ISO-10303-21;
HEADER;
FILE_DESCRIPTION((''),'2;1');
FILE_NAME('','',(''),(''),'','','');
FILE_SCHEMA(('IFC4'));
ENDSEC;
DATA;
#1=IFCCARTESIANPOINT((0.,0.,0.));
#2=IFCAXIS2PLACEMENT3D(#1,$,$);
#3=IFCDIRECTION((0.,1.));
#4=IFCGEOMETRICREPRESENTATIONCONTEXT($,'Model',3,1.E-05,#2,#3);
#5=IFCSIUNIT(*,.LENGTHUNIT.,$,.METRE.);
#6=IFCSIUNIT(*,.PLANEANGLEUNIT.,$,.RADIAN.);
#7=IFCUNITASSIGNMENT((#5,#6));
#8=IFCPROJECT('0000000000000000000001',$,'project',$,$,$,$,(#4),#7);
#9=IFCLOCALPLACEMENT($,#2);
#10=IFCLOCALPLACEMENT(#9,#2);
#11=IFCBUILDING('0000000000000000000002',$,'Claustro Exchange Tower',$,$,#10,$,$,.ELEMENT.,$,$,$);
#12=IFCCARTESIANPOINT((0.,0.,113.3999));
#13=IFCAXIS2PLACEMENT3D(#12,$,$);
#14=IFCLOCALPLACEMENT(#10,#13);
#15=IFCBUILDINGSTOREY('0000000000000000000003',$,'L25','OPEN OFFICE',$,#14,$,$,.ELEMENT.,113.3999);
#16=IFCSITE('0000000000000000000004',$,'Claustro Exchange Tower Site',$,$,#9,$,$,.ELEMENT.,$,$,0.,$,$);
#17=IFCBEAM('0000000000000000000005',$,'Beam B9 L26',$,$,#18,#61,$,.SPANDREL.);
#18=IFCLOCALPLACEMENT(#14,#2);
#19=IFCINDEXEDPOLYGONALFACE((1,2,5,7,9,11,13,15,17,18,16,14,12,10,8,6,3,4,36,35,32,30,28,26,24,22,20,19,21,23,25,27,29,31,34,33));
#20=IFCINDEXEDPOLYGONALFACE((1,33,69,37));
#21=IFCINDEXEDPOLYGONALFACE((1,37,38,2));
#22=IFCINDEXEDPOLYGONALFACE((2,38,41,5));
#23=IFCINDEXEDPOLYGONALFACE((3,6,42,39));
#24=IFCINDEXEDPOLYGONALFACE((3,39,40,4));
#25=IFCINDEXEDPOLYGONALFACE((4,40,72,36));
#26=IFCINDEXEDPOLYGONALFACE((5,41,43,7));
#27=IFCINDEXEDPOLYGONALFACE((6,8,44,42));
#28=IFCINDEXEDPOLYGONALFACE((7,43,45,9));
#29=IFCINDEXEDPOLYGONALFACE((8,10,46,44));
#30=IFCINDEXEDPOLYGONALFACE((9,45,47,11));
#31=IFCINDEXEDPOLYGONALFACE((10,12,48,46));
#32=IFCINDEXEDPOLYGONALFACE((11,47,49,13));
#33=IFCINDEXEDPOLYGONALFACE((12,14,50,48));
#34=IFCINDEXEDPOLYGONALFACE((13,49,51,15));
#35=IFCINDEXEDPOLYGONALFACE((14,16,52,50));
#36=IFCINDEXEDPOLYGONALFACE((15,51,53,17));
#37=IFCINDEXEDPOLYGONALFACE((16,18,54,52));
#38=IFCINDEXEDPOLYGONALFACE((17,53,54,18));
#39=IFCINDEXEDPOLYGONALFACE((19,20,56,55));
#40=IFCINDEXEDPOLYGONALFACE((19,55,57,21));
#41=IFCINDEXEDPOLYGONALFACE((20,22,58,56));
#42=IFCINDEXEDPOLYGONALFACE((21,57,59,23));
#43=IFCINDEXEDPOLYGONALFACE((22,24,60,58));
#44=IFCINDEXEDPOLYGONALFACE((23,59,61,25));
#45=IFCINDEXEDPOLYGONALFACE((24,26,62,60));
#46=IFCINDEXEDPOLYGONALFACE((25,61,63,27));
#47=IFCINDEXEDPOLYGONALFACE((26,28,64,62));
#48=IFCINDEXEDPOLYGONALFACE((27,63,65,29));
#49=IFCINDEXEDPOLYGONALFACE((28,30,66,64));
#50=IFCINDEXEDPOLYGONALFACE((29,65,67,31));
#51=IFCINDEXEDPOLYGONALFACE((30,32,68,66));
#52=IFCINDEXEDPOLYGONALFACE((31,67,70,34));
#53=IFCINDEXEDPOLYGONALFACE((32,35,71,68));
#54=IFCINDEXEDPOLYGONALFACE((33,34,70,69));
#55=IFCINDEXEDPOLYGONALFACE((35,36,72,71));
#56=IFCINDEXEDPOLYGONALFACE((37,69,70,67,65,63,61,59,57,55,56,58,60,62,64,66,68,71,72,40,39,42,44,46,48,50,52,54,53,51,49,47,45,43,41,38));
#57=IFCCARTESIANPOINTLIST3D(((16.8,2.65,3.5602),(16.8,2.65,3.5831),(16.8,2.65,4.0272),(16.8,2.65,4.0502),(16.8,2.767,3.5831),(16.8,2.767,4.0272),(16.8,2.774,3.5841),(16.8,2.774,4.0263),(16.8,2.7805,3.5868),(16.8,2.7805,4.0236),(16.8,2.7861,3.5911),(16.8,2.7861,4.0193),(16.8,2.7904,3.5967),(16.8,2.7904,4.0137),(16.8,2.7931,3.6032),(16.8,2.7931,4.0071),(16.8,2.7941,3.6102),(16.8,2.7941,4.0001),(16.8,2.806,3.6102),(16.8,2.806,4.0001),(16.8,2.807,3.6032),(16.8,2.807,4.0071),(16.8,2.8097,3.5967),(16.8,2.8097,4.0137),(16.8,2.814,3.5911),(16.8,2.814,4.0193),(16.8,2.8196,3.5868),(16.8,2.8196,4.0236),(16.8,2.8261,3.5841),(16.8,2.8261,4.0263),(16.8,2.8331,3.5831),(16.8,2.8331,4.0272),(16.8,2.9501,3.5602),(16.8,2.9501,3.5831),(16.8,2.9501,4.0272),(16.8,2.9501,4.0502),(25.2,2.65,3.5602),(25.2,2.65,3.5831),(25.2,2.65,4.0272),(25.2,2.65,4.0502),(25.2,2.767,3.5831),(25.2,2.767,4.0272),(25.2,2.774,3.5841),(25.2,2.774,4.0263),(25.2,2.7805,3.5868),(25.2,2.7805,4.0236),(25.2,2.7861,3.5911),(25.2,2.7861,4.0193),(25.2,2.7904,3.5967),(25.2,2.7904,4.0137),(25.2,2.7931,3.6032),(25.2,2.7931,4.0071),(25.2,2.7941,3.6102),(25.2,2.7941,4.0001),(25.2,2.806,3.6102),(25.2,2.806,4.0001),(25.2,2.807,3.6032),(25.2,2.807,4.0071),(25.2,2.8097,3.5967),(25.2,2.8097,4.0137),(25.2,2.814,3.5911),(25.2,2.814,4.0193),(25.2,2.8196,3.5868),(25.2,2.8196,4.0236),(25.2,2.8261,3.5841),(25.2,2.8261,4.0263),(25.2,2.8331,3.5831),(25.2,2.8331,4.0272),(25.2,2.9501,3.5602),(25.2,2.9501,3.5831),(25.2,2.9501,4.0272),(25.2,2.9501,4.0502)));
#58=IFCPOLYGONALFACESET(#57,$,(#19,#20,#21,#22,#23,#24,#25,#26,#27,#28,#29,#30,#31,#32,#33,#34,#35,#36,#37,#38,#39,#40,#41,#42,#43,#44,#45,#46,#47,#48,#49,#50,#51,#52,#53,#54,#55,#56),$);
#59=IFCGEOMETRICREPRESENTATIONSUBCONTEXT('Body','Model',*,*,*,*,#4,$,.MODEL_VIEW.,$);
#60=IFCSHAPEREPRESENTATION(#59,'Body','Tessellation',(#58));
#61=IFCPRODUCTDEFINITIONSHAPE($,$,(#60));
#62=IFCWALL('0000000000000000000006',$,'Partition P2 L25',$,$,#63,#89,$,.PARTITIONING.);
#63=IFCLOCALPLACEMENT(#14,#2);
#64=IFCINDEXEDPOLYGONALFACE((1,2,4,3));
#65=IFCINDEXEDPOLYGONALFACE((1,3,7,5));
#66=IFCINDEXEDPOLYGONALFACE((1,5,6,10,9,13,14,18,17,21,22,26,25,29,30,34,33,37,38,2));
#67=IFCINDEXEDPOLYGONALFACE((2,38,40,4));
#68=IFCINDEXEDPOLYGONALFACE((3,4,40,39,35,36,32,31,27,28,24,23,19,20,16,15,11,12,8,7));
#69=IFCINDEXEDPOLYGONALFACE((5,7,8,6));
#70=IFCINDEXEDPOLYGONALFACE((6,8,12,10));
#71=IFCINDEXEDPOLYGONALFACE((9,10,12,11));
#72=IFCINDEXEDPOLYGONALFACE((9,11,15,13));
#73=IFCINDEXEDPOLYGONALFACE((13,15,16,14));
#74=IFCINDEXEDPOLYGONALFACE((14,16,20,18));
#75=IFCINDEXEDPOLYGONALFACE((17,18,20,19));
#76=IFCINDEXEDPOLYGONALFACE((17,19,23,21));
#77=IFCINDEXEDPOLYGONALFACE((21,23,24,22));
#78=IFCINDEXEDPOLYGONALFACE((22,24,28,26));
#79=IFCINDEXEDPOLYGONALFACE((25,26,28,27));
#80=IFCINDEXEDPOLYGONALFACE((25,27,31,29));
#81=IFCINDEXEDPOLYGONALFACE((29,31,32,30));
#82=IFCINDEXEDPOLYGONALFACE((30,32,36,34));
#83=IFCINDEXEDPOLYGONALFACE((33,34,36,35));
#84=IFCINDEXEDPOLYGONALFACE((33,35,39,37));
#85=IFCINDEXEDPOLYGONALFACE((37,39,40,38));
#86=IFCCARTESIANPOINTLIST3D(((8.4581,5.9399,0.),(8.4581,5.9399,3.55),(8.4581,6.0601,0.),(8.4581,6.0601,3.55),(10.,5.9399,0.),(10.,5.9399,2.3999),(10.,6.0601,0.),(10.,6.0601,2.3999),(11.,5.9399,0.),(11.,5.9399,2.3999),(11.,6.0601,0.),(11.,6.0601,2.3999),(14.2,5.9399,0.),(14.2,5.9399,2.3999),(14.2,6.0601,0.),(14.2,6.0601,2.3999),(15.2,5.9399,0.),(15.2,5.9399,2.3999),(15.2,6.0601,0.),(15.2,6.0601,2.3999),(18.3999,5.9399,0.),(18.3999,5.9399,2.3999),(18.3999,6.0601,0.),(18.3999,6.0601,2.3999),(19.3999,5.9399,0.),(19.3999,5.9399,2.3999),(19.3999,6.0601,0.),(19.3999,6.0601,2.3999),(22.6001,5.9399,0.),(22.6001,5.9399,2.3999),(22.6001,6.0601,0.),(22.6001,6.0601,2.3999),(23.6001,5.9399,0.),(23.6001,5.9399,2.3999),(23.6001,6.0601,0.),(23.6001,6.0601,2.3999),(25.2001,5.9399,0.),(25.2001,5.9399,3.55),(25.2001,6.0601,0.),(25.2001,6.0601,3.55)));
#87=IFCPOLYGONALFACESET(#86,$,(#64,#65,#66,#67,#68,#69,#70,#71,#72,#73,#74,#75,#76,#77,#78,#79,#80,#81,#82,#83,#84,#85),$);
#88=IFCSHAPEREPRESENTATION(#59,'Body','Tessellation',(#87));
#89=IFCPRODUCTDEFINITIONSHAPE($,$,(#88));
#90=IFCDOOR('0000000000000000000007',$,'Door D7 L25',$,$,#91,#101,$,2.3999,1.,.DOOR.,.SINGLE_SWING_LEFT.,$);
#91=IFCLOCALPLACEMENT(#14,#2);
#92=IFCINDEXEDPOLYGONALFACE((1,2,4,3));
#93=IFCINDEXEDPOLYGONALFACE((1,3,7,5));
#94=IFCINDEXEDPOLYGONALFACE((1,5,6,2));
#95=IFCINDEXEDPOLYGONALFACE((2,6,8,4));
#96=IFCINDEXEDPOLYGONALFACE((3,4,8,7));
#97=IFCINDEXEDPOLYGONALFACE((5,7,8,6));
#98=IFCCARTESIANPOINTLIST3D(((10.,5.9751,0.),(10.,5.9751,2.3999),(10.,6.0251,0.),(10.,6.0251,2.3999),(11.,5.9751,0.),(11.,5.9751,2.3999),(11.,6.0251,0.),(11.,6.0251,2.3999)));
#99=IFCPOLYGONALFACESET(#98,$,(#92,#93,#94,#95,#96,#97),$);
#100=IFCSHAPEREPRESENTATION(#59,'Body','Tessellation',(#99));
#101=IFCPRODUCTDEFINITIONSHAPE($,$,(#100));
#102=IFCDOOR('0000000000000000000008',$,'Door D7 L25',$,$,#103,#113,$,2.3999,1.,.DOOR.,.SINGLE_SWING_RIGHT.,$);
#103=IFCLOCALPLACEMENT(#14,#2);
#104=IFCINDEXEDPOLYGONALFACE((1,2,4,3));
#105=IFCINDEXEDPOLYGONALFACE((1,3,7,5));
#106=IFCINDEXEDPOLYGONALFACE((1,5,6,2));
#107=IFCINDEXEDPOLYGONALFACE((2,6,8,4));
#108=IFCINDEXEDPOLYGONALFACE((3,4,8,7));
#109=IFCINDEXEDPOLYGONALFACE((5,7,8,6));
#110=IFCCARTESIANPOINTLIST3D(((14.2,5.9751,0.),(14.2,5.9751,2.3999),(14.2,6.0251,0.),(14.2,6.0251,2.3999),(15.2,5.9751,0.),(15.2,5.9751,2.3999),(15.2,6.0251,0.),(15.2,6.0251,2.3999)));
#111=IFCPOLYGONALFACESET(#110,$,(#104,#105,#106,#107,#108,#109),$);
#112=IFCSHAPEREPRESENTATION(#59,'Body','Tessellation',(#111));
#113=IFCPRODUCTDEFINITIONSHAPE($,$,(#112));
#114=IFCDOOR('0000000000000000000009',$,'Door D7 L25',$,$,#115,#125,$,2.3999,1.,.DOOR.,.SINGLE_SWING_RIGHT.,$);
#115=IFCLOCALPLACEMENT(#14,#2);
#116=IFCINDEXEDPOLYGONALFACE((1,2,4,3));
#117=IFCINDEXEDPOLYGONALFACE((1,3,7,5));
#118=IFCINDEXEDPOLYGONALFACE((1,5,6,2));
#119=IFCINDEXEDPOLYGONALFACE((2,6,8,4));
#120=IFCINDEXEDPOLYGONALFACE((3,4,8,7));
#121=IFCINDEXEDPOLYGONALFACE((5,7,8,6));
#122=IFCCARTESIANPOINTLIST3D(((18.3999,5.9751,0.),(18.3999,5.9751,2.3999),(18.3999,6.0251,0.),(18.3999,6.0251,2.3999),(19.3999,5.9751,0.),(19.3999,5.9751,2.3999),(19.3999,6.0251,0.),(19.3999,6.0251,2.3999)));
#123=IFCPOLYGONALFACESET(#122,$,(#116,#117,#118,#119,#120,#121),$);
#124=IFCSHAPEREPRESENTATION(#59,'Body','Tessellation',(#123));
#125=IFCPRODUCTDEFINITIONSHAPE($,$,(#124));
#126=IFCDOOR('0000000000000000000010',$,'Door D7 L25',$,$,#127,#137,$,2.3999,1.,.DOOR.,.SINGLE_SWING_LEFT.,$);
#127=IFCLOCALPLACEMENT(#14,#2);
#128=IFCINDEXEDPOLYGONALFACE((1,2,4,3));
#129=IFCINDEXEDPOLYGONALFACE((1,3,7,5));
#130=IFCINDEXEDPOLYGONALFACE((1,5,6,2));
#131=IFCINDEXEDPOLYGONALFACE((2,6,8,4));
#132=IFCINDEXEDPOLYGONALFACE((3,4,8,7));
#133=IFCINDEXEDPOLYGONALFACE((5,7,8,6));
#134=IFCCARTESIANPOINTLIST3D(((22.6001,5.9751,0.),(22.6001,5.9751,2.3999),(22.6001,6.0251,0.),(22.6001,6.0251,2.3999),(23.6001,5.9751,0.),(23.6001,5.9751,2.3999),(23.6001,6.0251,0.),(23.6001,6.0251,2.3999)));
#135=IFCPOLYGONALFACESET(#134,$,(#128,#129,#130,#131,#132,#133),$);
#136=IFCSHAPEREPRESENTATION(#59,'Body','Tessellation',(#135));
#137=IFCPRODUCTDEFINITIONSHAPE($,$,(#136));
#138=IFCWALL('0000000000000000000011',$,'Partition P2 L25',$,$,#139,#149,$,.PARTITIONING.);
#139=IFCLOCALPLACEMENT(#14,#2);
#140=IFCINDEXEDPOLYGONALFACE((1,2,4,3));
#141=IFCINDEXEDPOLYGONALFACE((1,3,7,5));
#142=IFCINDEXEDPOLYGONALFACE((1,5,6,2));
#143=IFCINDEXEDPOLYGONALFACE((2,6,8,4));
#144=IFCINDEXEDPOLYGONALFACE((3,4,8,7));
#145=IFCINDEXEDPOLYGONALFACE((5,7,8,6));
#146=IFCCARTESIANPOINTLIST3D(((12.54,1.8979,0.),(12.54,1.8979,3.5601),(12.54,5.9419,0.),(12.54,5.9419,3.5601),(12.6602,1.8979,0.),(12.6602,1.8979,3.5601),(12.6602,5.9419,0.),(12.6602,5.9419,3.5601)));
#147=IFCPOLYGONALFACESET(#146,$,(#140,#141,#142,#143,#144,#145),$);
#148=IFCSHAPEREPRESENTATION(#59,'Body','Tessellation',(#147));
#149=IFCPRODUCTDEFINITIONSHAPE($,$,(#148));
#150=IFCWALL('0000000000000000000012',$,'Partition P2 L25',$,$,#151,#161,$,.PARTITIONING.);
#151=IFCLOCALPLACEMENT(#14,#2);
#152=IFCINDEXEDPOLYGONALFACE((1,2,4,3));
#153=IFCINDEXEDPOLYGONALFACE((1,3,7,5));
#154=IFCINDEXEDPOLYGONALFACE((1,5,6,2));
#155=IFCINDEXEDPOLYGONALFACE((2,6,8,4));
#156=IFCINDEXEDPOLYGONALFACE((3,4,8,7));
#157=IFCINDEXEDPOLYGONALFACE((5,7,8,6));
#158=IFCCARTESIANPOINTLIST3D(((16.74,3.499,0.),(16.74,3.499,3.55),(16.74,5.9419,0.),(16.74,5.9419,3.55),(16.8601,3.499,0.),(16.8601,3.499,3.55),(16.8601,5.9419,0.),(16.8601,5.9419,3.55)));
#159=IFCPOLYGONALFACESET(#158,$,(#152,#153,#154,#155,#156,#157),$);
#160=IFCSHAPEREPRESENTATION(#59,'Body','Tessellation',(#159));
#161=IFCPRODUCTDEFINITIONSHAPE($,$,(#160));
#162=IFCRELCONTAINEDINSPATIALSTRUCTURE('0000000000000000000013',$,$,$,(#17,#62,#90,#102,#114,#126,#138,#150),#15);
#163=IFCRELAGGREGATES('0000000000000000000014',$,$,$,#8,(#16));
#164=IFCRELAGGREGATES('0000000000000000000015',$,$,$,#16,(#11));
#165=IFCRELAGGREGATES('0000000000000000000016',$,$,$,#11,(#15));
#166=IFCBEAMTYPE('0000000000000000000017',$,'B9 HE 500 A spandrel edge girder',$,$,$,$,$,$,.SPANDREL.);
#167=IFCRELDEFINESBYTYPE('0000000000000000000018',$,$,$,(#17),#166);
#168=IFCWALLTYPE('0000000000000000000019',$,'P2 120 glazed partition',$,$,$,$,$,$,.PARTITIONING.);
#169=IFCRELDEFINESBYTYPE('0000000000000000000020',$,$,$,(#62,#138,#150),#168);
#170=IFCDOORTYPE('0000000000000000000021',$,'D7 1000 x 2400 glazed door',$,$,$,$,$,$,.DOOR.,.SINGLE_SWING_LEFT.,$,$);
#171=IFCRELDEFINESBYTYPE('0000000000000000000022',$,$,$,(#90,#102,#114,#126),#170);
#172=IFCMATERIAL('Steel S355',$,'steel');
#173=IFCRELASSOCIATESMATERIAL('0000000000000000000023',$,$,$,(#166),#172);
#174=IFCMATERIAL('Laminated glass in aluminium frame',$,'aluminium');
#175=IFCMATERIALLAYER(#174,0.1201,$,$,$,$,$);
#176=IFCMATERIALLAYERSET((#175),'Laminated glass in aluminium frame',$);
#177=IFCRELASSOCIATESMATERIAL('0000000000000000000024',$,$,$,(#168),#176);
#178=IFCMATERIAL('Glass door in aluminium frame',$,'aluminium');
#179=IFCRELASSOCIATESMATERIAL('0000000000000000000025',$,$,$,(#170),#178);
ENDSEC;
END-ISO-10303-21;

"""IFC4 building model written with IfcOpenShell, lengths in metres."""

from ifc_helpers import new_model, si_unit, direction, frame, frame_2d, origin, origin_2d, place, context, subcontext, project, spatial, rectangle, i_section, extrude, material, layer, layer_set, material_profile, profile_set, type_object, element, fill, save


model = new_model("IFC4")

# Units and contexts
model_context = context("Model", 3, precision=1e-05, world=origin(), true_north=direction((0.0, 1.0)))
body_context = subcontext(model_context, "Body", "Model", "MODEL_VIEW")
ifc_project = project(units=[si_unit("LENGTHUNIT", "METRE"), si_unit("PLANEANGLEUNIT", "RADIAN")], contexts=[model_context])

# Site, building, storey
site_placement = place(None, origin())
site = spatial("IfcSite", under=ifc_project, at=site_placement, Name="Claustro Exchange Tower Site", CompositionType="ELEMENT", RefElevation=0.0)
building_placement = place(site_placement, origin())
building = spatial("IfcBuilding", under=site, at=building_placement, Name="Claustro Exchange Tower", CompositionType="ELEMENT")
storey_placement = place(building_placement, frame((0.0, 0.0, 113.3999)))
storey = spatial("IfcBuildingStorey", under=building, at=storey_placement, Name="L25", Description="OPEN OFFICE", CompositionType="ELEMENT", Elevation=113.3999)

# Beam
ifc_material_1 = material(Name="Steel S355", Category="steel")
ifc_material_profile_1 = material_profile(ifc_material_1, i_section(OverallWidth=0.3, OverallDepth=0.49, WebThickness=0.012, FlangeThickness=0.0229, FilletRadius=0.0271, at=origin_2d()), Name="HE 500 A")
ifc_profile_set_1 = profile_set([ifc_material_profile_1], Name="Steel S355")
beam_type_1 = type_object("IfcBeamType", Name="B9 HE 500 A spandrel edge girder", PredefinedType="SPANDREL", material=ifc_profile_set_1)
beam_1_placement = place(storey_placement, frame((16.8, 2.8, 3.8052), z_axis=(1.0, 0.0, 0.0), x_axis=(0.0, 1.0, 0.0)))
element("IfcBeam", 1, at=beam_1_placement, inside=storey, type_object=beam_type_1, Name="Beam B9 L26", PredefinedType="SPANDREL", context=body_context, shape_type="SweptSolid", body=[
    extrude(i_section(OverallWidth=0.3, OverallDepth=0.49, WebThickness=0.012, FlangeThickness=0.0229, FilletRadius=0.0271, at=origin_2d()), origin(), (0.0, 0.0, 1.0), 8.3999),
])

# Wall, openings, doors
ifc_material_2 = material(Name="Laminated glass in aluminium frame", Category="aluminium")
ifc_layer_1 = layer(ifc_material_2, 0.1201)
ifc_layer_set_1 = layer_set([ifc_layer_1], Name="Laminated glass in aluminium frame")
wall_type_1 = type_object("IfcWallType", Name="P2 120 glazed partition", PredefinedType="PARTITIONING", material=ifc_layer_set_1)
wall_1_placement = place(storey_placement, frame((8.458, 6.0, 0.0), z_axis=(0.0, 0.0, 1.0), x_axis=(1.0, 0.0, 0.0)))
wall_1 = element("IfcWall", 2, at=wall_1_placement, inside=storey, type_object=wall_type_1, Name="Partition P2 L25", PredefinedType="PARTITIONING", context=body_context, shape_type="SweptSolid", body=[
    extrude(rectangle(XDim=16.7419, YDim=0.1201, at=frame_2d((8.3711, 0.0))), origin(), (0.0, 0.0, 1.0), 3.55),
])
opening_1_placement = place(wall_1_placement, frame((1.542, 0.0, 0.0)))
opening_1 = element("IfcOpeningElement", 3, at=opening_1_placement, cuts=wall_1, PredefinedType="OPENING", context=body_context, shape_type="SweptSolid", body=[
    extrude(rectangle(XDim=1.0, YDim=2.3999, at=frame_2d((0.5, 1.2))), frame((0.0, 0.0701, 0.0), z_axis=(0.0, -1.0, 0.0), x_axis=(1.0, 0.0, 0.0)), (0.0, 0.0, 1.0), 0.1401),
])
opening_2_placement = place(wall_1_placement, frame((5.7419, 0.0, 0.0)))
opening_2 = element("IfcOpeningElement", 4, at=opening_2_placement, cuts=wall_1, PredefinedType="OPENING", context=body_context, shape_type="SweptSolid", body=[
    extrude(rectangle(XDim=1.0, YDim=2.3999, at=frame_2d((0.5, 1.2))), frame((0.0, 0.0701, 0.0), z_axis=(0.0, -1.0, 0.0), x_axis=(1.0, 0.0, 0.0)), (0.0, 0.0, 1.0), 0.1401),
])
opening_3_placement = place(wall_1_placement, frame((9.9419, 0.0, 0.0)))
opening_3 = element("IfcOpeningElement", 5, at=opening_3_placement, cuts=wall_1, PredefinedType="OPENING", context=body_context, shape_type="SweptSolid", body=[
    extrude(rectangle(XDim=1.0, YDim=2.3999, at=frame_2d((0.5, 1.2))), frame((0.0, 0.0701, 0.0), z_axis=(0.0, -1.0, 0.0), x_axis=(1.0, 0.0, 0.0)), (0.0, 0.0, 1.0), 0.1401),
])
opening_4_placement = place(wall_1_placement, frame((14.1421, 0.0, 0.0)))
opening_4 = element("IfcOpeningElement", 6, at=opening_4_placement, cuts=wall_1, PredefinedType="OPENING", context=body_context, shape_type="SweptSolid", body=[
    extrude(rectangle(XDim=1.0, YDim=2.3999, at=frame_2d((0.5, 1.2))), frame((0.0, 0.0701, 0.0), z_axis=(0.0, -1.0, 0.0), x_axis=(1.0, 0.0, 0.0)), (0.0, 0.0, 1.0), 0.1401),
])
ifc_material_3 = material(Name="Glass door in aluminium frame", Category="aluminium")
door_type = type_object("IfcDoorType", Name="D7 1000 x 2400 glazed door", OperationType="SINGLE_SWING_LEFT", PredefinedType="DOOR", material=ifc_material_3)
door_1_placement = place(opening_1_placement, frame((1.0, 0.0, 0.0), z_axis=(0.0, 0.0, 1.0), x_axis=(-1.0, 0.0, 0.0)))
door_1 = element("IfcDoor", 7, at=door_1_placement, inside=storey, type_object=door_type, Name="Door D7 L25", OperationType="SINGLE_SWING_LEFT", OverallHeight=2.3999, OverallWidth=1.0, PredefinedType="DOOR", context=body_context, shape_type="SweptSolid", body=[
    extrude(rectangle(XDim=1.0, YDim=2.3999, at=frame_2d((0.5, 1.2))), frame((0.0, 0.0249, 0.0), z_axis=(0.0, -1.0, 0.0), x_axis=(1.0, 0.0, 0.0)), (0.0, 0.0, 1.0), 0.05),
])
fill(opening_1, door_1)
door_2_placement = place(opening_2_placement, frame((1.0, 0.0, 0.0), z_axis=(0.0, 0.0, 1.0), x_axis=(-1.0, 0.0, 0.0)))
door_2 = element("IfcDoor", 8, at=door_2_placement, inside=storey, type_object=door_type, Name="Door D7 L25", OperationType="SINGLE_SWING_RIGHT", OverallHeight=2.3999, OverallWidth=1.0, PredefinedType="DOOR", context=body_context, shape_type="SweptSolid", body=[
    extrude(rectangle(XDim=1.0, YDim=2.3999, at=frame_2d((0.5, 1.2))), frame((0.0, 0.0249, 0.0), z_axis=(0.0, -1.0, 0.0), x_axis=(1.0, 0.0, 0.0)), (0.0, 0.0, 1.0), 0.05),
])
fill(opening_2, door_2)
door_3_placement = place(opening_3_placement, frame((1.0, 0.0, 0.0), z_axis=(0.0, 0.0, 1.0), x_axis=(-1.0, 0.0, 0.0)))
door_3 = element("IfcDoor", 9, at=door_3_placement, inside=storey, type_object=door_type, Name="Door D7 L25", OperationType="SINGLE_SWING_RIGHT", OverallHeight=2.3999, OverallWidth=1.0, PredefinedType="DOOR", context=body_context, shape_type="SweptSolid", body=[
    extrude(rectangle(XDim=1.0, YDim=2.3999, at=frame_2d((0.5, 1.2))), frame((0.0, 0.0249, 0.0), z_axis=(0.0, -1.0, 0.0), x_axis=(1.0, 0.0, 0.0)), (0.0, 0.0, 1.0), 0.05),
])
fill(opening_3, door_3)
door_4_placement = place(opening_4_placement, frame((1.0, 0.0, 0.0), z_axis=(0.0, 0.0, 1.0), x_axis=(-1.0, 0.0, 0.0)))
door_4 = element("IfcDoor", 10, at=door_4_placement, inside=storey, type_object=door_type, Name="Door D7 L25", OperationType="SINGLE_SWING_LEFT", OverallHeight=2.3999, OverallWidth=1.0, PredefinedType="DOOR", context=body_context, shape_type="SweptSolid", body=[
    extrude(rectangle(XDim=1.0, YDim=2.3999, at=frame_2d((0.5, 1.2))), frame((0.0, 0.0249, 0.0), z_axis=(0.0, -1.0, 0.0), x_axis=(1.0, 0.0, 0.0)), (0.0, 0.0, 1.0), 0.05),
])
fill(opening_4, door_4)

# Walls
wall_2_placement = place(storey_placement, frame((12.6001, 1.8979, 0.0), z_axis=(0.0, 0.0, 1.0), x_axis=(0.0, 1.0, 0.0)))
element("IfcWall", 11, at=wall_2_placement, inside=storey, type_object=wall_type_1, Name="Partition P2 L25", PredefinedType="PARTITIONING", context=body_context, shape_type="SweptSolid", body=[
    extrude(rectangle(XDim=4.0439, YDim=0.1201, at=frame_2d((2.022, 0.0))), origin(), (0.0, 0.0, 1.0), 3.5601),
])
wall_3_placement = place(storey_placement, frame((16.8, 3.499, 0.0), z_axis=(0.0, 0.0, 1.0), x_axis=(0.0, 1.0, 0.0)))
element("IfcWall", 12, at=wall_3_placement, inside=storey, type_object=wall_type_1, Name="Partition P2 L25", PredefinedType="PARTITIONING", context=body_context, shape_type="SweptSolid", body=[
    extrude(rectangle(XDim=2.4429, YDim=0.1201, at=frame_2d((1.2214, 0.0))), origin(), (0.0, 0.0, 1.0), 3.55),
])

save(model, "model.ifc")
